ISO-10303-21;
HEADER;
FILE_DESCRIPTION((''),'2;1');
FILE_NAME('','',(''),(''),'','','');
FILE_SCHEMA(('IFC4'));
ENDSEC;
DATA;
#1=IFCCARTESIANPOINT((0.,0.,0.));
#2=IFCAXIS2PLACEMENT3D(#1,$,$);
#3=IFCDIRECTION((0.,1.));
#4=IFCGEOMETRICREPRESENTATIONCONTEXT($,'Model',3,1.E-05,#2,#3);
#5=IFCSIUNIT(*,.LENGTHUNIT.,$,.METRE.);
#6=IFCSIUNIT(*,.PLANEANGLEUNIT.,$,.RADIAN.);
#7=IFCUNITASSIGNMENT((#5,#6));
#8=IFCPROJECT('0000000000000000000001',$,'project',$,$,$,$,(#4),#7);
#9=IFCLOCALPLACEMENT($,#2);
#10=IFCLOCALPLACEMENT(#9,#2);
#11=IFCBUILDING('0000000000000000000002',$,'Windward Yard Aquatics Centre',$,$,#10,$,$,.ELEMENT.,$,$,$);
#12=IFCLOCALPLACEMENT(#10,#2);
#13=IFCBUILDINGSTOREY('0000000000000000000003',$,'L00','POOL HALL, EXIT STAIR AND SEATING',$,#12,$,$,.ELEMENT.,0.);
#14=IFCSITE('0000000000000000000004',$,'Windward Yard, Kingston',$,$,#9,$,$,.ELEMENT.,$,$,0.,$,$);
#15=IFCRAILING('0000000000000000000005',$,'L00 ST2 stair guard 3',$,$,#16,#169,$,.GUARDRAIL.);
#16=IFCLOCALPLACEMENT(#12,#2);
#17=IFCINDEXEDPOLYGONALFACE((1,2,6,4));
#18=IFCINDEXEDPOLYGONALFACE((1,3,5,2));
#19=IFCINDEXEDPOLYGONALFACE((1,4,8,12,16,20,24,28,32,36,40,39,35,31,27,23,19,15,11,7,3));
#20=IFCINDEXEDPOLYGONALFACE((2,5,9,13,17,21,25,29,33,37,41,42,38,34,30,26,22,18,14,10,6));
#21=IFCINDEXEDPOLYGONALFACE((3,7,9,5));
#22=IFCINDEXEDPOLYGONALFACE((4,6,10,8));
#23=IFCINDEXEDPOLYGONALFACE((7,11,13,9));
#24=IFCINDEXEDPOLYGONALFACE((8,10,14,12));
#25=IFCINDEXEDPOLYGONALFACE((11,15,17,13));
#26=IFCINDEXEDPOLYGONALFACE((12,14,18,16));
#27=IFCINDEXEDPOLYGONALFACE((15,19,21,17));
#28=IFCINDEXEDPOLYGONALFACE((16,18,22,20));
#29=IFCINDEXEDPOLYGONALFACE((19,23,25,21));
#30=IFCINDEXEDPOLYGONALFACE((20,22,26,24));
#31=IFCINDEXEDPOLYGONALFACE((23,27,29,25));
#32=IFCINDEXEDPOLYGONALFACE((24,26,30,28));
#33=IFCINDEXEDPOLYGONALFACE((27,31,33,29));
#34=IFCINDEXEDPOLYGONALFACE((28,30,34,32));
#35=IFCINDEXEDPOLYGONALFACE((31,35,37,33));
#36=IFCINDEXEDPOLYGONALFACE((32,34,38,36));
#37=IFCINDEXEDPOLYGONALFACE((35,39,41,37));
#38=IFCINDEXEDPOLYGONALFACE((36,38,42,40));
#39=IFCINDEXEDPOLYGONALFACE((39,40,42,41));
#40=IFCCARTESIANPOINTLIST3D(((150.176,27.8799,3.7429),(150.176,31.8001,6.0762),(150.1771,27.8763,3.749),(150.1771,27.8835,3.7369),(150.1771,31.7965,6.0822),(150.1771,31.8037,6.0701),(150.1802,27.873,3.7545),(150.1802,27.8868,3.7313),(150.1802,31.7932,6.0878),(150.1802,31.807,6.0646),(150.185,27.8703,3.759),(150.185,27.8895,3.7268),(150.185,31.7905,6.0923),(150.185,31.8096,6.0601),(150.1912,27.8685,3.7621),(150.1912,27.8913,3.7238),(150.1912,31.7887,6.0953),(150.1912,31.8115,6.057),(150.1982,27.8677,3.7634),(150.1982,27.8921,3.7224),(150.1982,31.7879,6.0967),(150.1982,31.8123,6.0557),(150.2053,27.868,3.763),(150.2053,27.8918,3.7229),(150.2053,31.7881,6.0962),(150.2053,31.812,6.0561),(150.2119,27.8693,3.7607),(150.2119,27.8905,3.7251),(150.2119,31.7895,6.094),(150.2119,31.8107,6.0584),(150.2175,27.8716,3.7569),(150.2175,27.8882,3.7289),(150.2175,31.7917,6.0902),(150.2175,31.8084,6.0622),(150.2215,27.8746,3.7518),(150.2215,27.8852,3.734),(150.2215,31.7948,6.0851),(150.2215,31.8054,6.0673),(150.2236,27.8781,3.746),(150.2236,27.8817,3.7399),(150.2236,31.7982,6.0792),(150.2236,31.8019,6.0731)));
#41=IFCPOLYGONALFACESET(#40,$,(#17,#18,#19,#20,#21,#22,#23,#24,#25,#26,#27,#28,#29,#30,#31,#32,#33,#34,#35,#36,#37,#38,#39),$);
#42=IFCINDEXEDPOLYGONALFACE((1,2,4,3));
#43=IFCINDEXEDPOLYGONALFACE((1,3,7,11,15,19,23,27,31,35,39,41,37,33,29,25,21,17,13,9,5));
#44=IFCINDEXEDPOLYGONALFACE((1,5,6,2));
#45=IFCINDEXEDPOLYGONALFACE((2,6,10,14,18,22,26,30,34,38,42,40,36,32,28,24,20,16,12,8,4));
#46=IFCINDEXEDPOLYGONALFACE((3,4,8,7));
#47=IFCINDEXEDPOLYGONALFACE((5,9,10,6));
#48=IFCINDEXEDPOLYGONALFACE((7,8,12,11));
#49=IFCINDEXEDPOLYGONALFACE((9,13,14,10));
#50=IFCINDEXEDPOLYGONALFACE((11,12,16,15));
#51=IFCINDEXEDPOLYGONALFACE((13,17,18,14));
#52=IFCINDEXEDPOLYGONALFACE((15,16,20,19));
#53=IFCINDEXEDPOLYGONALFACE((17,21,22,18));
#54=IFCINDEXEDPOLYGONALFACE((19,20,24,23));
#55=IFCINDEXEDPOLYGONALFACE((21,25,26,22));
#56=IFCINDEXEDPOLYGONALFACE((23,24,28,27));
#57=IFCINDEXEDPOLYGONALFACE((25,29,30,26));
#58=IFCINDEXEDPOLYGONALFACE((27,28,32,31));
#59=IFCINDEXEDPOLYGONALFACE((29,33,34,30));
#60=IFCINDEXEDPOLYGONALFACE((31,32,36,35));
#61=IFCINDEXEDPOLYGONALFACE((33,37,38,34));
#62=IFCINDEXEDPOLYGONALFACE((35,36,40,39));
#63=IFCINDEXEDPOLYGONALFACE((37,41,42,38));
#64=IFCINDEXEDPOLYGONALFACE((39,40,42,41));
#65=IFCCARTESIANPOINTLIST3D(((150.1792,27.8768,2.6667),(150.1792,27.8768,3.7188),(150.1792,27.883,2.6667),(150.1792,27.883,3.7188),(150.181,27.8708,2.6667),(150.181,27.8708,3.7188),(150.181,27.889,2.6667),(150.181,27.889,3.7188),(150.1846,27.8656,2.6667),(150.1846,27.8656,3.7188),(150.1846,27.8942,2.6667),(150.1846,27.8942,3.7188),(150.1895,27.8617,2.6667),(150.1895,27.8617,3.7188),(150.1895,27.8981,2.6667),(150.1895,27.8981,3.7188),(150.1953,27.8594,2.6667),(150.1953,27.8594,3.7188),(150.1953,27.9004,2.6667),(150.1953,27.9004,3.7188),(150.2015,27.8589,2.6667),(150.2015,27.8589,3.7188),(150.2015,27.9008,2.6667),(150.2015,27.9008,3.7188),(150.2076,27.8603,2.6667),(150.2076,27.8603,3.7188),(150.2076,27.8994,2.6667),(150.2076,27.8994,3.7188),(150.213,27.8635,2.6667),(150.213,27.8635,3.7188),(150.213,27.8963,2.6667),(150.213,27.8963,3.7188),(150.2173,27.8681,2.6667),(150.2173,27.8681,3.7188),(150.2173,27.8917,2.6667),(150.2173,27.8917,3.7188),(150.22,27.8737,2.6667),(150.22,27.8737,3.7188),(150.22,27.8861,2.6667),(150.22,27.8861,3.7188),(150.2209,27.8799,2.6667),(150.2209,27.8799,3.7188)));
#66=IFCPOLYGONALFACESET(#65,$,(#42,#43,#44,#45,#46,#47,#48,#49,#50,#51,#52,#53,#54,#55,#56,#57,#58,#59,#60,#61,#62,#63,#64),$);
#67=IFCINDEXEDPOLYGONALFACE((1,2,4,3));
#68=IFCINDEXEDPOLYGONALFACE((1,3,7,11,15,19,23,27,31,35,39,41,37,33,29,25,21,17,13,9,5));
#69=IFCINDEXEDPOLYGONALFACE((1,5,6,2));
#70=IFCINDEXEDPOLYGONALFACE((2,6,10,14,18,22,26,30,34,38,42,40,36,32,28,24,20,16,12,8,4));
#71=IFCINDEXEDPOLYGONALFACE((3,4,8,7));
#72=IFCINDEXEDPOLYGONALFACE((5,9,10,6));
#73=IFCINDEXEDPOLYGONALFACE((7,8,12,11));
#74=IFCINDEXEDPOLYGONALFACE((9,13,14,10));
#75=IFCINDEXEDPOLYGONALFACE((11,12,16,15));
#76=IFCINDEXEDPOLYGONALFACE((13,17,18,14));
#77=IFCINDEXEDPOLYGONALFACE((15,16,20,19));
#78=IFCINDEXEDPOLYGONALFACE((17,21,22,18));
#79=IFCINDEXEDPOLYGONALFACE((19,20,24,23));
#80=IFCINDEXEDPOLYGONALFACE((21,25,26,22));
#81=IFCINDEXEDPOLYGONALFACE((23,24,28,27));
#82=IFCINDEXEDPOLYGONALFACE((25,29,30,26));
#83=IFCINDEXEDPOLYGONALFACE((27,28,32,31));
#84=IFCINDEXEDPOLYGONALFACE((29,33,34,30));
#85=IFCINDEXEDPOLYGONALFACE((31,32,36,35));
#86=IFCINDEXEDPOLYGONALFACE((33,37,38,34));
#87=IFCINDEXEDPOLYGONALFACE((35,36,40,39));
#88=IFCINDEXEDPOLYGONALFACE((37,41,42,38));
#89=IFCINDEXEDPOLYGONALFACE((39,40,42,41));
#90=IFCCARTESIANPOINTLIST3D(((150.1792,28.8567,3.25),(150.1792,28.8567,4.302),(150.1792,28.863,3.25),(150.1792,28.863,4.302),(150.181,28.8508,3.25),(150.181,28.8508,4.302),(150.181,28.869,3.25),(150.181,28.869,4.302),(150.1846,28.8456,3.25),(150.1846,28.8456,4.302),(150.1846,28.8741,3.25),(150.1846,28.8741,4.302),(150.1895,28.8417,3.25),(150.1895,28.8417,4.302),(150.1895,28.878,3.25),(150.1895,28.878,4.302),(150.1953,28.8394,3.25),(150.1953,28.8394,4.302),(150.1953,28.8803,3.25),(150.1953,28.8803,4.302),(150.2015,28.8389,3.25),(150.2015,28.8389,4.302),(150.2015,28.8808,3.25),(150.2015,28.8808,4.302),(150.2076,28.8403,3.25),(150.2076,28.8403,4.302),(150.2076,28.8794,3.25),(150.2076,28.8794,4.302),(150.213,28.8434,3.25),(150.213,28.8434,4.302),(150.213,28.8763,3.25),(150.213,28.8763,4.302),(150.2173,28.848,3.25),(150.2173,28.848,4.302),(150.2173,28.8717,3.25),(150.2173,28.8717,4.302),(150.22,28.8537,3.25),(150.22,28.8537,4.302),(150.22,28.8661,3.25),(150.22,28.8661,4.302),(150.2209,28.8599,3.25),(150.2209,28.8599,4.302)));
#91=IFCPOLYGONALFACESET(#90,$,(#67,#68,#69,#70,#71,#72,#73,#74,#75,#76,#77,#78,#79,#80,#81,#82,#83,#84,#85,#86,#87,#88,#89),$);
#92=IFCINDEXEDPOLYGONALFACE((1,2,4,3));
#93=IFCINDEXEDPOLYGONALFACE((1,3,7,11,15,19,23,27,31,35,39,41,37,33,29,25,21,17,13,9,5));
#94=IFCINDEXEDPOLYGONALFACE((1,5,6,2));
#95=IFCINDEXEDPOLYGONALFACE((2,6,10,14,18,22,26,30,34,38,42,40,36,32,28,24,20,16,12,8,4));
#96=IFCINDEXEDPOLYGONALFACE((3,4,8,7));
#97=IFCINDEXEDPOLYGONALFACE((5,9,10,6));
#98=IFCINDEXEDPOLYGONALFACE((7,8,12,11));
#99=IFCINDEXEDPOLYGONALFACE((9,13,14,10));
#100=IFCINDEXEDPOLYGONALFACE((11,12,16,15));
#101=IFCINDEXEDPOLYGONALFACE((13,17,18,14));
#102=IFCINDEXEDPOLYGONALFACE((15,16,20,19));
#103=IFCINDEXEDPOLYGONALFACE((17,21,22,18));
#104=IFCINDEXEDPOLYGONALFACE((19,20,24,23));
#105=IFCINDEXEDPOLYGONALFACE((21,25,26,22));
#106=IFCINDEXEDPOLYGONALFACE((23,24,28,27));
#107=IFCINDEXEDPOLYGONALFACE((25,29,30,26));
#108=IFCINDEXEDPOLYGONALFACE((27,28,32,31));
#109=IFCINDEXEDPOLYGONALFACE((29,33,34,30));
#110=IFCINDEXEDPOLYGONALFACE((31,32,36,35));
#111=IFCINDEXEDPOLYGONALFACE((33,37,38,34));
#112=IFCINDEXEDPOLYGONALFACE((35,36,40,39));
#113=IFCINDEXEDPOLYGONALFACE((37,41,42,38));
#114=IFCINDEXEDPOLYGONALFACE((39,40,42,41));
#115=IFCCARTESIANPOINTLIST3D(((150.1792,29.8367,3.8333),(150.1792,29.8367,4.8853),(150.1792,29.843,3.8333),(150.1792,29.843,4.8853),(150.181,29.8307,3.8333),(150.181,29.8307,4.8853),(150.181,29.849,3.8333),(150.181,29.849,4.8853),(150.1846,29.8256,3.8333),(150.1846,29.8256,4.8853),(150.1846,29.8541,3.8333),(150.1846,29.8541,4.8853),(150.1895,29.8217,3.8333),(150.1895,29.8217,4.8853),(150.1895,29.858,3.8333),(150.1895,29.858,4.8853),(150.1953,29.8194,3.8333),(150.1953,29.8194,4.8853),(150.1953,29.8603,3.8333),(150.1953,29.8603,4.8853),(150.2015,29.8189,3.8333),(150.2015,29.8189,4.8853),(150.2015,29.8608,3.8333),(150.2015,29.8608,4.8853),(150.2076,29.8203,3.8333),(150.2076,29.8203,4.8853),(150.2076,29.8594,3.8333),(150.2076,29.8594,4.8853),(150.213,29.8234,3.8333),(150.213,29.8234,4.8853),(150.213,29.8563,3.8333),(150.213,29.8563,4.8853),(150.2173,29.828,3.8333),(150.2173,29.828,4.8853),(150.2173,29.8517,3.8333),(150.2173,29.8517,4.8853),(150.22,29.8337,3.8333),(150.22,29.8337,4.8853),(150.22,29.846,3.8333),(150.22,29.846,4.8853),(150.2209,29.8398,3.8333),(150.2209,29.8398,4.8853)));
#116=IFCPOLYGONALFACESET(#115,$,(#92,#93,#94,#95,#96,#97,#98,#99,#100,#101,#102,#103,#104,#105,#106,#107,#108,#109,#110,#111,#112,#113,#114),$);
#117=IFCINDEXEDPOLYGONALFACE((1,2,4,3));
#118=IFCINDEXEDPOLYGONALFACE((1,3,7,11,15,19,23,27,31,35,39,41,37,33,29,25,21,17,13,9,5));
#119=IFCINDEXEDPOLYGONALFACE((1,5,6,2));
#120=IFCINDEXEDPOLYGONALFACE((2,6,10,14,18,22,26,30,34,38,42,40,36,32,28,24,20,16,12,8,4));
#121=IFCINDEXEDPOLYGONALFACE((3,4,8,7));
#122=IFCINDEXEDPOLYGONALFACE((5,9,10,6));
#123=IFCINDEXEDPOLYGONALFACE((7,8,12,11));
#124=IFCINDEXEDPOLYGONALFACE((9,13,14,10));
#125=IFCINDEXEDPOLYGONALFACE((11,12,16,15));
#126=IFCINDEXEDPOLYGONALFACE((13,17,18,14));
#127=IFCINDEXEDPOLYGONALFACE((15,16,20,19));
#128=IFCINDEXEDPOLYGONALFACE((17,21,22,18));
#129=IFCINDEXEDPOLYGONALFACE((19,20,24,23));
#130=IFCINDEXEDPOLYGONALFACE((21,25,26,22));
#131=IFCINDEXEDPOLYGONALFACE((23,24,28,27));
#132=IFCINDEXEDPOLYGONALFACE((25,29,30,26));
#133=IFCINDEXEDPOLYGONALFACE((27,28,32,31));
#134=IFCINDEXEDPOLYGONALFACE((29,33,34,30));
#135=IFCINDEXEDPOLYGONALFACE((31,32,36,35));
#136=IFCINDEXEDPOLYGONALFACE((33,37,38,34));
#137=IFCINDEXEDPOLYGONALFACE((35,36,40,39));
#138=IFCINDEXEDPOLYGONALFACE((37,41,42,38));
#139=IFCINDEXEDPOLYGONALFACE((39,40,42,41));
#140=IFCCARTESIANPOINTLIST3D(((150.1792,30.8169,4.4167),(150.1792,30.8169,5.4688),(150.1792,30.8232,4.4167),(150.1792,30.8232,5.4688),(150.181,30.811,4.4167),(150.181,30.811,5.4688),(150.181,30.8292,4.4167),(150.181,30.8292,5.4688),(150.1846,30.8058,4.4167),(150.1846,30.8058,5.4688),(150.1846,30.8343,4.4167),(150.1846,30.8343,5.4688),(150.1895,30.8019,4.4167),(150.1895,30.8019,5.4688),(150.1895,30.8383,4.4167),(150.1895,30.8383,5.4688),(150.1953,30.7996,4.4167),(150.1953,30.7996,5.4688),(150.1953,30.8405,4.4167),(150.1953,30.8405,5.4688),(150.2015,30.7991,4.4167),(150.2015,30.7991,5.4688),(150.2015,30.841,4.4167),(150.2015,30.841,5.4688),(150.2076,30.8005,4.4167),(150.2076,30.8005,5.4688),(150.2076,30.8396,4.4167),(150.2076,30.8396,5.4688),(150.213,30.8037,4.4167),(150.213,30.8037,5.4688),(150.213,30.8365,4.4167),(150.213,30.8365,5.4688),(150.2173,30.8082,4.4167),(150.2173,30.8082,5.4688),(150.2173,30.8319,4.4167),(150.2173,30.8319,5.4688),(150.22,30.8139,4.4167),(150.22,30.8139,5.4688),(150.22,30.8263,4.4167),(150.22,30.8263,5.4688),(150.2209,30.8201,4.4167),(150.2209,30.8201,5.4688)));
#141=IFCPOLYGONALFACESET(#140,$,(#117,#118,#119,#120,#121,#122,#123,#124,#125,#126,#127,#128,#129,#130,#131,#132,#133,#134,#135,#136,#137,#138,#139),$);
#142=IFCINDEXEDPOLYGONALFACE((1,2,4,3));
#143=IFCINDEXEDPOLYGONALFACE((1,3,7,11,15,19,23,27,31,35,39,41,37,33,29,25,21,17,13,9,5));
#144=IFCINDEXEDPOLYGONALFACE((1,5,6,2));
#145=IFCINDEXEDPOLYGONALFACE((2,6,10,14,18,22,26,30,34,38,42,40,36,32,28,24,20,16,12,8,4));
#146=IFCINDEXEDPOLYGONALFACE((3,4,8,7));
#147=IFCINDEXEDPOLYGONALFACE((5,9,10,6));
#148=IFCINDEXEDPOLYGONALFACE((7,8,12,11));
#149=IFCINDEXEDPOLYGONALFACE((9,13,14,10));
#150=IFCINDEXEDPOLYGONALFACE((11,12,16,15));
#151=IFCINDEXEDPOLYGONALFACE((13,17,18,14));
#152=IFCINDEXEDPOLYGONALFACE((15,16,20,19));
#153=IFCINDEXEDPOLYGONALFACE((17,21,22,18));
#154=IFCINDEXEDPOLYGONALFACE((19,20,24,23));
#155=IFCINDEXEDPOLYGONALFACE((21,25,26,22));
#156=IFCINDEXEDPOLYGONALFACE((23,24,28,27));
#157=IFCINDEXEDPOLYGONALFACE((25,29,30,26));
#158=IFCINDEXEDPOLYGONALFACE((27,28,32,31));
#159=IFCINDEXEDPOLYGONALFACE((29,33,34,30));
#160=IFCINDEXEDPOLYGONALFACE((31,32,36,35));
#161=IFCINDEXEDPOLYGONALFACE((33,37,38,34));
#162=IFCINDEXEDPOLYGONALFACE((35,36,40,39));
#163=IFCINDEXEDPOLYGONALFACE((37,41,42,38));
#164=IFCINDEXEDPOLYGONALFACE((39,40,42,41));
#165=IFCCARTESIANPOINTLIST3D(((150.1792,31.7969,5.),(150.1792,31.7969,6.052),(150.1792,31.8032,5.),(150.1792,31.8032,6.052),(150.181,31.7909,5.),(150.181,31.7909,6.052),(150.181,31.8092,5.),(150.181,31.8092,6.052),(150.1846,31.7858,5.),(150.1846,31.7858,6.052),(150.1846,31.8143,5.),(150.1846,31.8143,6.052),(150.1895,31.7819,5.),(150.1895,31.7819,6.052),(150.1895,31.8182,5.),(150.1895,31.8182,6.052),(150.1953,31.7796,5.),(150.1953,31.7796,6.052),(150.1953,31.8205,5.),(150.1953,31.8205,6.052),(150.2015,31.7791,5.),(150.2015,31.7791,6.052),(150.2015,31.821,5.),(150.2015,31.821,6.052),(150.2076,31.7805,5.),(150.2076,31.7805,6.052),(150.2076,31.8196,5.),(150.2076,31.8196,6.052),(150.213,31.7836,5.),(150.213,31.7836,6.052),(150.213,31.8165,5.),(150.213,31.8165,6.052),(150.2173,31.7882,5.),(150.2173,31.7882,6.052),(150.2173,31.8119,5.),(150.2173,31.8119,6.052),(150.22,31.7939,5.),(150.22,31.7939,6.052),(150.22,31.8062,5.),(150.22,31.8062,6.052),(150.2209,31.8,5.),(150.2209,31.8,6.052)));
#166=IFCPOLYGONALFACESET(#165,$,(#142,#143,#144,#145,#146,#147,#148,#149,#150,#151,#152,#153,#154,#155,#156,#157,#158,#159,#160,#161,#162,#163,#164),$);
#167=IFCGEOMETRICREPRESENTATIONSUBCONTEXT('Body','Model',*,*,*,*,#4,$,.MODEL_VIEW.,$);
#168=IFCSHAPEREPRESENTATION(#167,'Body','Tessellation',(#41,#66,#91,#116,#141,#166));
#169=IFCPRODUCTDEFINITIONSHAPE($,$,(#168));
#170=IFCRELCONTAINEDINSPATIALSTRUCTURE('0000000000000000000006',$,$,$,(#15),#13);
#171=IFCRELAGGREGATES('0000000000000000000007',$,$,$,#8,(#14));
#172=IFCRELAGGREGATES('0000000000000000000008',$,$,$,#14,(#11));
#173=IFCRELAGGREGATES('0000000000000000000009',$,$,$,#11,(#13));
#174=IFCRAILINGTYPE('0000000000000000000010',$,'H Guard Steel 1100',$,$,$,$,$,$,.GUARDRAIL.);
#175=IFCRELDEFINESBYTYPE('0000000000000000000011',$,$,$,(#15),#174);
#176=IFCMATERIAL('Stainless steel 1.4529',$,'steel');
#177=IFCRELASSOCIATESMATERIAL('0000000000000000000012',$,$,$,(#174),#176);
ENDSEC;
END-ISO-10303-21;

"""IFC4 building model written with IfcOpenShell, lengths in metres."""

from ifc_helpers import new_model, si_unit, direction, frame, origin, origin_2d, place, context, subcontext, project, spatial, circle, extrude, material, type_object, element, save


model = new_model("IFC4")

# Units and contexts
model_context = context("Model", 3, precision=1e-05, world=origin(), true_north=direction((0.0, 1.0)))
body_context = subcontext(model_context, "Body", "Model", "MODEL_VIEW")
ifc_project = project(units=[si_unit("LENGTHUNIT", "METRE"), si_unit("PLANEANGLEUNIT", "RADIAN")], contexts=[model_context])

# Site, building, storey
site_placement = place(None, origin())
site = spatial("IfcSite", under=ifc_project, at=site_placement, Name="Windward Yard, Kingston", CompositionType="ELEMENT", RefElevation=0.0)
building_placement = place(site_placement, origin())
building = spatial("IfcBuilding", under=site, at=building_placement, Name="Windward Yard Aquatics Centre", CompositionType="ELEMENT")
storey_placement = place(building_placement, origin())
storey = spatial("IfcBuildingStorey", under=building, at=storey_placement, Name="L00", Description="POOL HALL, EXIT STAIR AND SEATING", CompositionType="ELEMENT", Elevation=0.0)

# Railing
ifc_material_1 = material(Name="Stainless steel 1.4529", Category="steel")
railing_type_1 = type_object("IfcRailingType", Name="H Guard Steel 1100", PredefinedType="GUARDRAIL", material=ifc_material_1)
railing_1_placement = place(storey_placement, frame((150.2, 27.8799, 2.6667)))
element("IfcRailing", 1, at=railing_1_placement, inside=storey, type_object=railing_type_1, Name="L00 ST2 stair guard 3", PredefinedType="GUARDRAIL", context=body_context, shape_type="SweptSolid", body=[
    extrude(circle(Radius=0.0239, at=origin_2d()), frame((0.0, 0.0, 1.0762), z_axis=(0.0, 0.85931, 0.511455), x_axis=(-1.0, 0.0, 0.0)), (0.0, 0.0, 1.0), 4.562),
    extrude(circle(Radius=0.021, at=origin_2d()), origin(), (0.0, 0.0, 1.0), 1.052),
    extrude(circle(Radius=0.021, at=origin_2d()), frame((0.0, 0.98, 0.5833)), (0.0, 0.0, 1.0), 1.052),
    extrude(circle(Radius=0.021, at=origin_2d()), frame((0.0, 1.96, 1.1665)), (0.0, 0.0, 1.0), 1.052),
    extrude(circle(Radius=0.021, at=origin_2d()), frame((0.0, 2.9402, 1.75)), (0.0, 0.0, 1.0), 1.052),
    extrude(circle(Radius=0.021, at=origin_2d()), frame((0.0, 3.9202, 2.3333)), (0.0, 0.0, 1.0), 1.052),
])

save(model, "model.ifc")
